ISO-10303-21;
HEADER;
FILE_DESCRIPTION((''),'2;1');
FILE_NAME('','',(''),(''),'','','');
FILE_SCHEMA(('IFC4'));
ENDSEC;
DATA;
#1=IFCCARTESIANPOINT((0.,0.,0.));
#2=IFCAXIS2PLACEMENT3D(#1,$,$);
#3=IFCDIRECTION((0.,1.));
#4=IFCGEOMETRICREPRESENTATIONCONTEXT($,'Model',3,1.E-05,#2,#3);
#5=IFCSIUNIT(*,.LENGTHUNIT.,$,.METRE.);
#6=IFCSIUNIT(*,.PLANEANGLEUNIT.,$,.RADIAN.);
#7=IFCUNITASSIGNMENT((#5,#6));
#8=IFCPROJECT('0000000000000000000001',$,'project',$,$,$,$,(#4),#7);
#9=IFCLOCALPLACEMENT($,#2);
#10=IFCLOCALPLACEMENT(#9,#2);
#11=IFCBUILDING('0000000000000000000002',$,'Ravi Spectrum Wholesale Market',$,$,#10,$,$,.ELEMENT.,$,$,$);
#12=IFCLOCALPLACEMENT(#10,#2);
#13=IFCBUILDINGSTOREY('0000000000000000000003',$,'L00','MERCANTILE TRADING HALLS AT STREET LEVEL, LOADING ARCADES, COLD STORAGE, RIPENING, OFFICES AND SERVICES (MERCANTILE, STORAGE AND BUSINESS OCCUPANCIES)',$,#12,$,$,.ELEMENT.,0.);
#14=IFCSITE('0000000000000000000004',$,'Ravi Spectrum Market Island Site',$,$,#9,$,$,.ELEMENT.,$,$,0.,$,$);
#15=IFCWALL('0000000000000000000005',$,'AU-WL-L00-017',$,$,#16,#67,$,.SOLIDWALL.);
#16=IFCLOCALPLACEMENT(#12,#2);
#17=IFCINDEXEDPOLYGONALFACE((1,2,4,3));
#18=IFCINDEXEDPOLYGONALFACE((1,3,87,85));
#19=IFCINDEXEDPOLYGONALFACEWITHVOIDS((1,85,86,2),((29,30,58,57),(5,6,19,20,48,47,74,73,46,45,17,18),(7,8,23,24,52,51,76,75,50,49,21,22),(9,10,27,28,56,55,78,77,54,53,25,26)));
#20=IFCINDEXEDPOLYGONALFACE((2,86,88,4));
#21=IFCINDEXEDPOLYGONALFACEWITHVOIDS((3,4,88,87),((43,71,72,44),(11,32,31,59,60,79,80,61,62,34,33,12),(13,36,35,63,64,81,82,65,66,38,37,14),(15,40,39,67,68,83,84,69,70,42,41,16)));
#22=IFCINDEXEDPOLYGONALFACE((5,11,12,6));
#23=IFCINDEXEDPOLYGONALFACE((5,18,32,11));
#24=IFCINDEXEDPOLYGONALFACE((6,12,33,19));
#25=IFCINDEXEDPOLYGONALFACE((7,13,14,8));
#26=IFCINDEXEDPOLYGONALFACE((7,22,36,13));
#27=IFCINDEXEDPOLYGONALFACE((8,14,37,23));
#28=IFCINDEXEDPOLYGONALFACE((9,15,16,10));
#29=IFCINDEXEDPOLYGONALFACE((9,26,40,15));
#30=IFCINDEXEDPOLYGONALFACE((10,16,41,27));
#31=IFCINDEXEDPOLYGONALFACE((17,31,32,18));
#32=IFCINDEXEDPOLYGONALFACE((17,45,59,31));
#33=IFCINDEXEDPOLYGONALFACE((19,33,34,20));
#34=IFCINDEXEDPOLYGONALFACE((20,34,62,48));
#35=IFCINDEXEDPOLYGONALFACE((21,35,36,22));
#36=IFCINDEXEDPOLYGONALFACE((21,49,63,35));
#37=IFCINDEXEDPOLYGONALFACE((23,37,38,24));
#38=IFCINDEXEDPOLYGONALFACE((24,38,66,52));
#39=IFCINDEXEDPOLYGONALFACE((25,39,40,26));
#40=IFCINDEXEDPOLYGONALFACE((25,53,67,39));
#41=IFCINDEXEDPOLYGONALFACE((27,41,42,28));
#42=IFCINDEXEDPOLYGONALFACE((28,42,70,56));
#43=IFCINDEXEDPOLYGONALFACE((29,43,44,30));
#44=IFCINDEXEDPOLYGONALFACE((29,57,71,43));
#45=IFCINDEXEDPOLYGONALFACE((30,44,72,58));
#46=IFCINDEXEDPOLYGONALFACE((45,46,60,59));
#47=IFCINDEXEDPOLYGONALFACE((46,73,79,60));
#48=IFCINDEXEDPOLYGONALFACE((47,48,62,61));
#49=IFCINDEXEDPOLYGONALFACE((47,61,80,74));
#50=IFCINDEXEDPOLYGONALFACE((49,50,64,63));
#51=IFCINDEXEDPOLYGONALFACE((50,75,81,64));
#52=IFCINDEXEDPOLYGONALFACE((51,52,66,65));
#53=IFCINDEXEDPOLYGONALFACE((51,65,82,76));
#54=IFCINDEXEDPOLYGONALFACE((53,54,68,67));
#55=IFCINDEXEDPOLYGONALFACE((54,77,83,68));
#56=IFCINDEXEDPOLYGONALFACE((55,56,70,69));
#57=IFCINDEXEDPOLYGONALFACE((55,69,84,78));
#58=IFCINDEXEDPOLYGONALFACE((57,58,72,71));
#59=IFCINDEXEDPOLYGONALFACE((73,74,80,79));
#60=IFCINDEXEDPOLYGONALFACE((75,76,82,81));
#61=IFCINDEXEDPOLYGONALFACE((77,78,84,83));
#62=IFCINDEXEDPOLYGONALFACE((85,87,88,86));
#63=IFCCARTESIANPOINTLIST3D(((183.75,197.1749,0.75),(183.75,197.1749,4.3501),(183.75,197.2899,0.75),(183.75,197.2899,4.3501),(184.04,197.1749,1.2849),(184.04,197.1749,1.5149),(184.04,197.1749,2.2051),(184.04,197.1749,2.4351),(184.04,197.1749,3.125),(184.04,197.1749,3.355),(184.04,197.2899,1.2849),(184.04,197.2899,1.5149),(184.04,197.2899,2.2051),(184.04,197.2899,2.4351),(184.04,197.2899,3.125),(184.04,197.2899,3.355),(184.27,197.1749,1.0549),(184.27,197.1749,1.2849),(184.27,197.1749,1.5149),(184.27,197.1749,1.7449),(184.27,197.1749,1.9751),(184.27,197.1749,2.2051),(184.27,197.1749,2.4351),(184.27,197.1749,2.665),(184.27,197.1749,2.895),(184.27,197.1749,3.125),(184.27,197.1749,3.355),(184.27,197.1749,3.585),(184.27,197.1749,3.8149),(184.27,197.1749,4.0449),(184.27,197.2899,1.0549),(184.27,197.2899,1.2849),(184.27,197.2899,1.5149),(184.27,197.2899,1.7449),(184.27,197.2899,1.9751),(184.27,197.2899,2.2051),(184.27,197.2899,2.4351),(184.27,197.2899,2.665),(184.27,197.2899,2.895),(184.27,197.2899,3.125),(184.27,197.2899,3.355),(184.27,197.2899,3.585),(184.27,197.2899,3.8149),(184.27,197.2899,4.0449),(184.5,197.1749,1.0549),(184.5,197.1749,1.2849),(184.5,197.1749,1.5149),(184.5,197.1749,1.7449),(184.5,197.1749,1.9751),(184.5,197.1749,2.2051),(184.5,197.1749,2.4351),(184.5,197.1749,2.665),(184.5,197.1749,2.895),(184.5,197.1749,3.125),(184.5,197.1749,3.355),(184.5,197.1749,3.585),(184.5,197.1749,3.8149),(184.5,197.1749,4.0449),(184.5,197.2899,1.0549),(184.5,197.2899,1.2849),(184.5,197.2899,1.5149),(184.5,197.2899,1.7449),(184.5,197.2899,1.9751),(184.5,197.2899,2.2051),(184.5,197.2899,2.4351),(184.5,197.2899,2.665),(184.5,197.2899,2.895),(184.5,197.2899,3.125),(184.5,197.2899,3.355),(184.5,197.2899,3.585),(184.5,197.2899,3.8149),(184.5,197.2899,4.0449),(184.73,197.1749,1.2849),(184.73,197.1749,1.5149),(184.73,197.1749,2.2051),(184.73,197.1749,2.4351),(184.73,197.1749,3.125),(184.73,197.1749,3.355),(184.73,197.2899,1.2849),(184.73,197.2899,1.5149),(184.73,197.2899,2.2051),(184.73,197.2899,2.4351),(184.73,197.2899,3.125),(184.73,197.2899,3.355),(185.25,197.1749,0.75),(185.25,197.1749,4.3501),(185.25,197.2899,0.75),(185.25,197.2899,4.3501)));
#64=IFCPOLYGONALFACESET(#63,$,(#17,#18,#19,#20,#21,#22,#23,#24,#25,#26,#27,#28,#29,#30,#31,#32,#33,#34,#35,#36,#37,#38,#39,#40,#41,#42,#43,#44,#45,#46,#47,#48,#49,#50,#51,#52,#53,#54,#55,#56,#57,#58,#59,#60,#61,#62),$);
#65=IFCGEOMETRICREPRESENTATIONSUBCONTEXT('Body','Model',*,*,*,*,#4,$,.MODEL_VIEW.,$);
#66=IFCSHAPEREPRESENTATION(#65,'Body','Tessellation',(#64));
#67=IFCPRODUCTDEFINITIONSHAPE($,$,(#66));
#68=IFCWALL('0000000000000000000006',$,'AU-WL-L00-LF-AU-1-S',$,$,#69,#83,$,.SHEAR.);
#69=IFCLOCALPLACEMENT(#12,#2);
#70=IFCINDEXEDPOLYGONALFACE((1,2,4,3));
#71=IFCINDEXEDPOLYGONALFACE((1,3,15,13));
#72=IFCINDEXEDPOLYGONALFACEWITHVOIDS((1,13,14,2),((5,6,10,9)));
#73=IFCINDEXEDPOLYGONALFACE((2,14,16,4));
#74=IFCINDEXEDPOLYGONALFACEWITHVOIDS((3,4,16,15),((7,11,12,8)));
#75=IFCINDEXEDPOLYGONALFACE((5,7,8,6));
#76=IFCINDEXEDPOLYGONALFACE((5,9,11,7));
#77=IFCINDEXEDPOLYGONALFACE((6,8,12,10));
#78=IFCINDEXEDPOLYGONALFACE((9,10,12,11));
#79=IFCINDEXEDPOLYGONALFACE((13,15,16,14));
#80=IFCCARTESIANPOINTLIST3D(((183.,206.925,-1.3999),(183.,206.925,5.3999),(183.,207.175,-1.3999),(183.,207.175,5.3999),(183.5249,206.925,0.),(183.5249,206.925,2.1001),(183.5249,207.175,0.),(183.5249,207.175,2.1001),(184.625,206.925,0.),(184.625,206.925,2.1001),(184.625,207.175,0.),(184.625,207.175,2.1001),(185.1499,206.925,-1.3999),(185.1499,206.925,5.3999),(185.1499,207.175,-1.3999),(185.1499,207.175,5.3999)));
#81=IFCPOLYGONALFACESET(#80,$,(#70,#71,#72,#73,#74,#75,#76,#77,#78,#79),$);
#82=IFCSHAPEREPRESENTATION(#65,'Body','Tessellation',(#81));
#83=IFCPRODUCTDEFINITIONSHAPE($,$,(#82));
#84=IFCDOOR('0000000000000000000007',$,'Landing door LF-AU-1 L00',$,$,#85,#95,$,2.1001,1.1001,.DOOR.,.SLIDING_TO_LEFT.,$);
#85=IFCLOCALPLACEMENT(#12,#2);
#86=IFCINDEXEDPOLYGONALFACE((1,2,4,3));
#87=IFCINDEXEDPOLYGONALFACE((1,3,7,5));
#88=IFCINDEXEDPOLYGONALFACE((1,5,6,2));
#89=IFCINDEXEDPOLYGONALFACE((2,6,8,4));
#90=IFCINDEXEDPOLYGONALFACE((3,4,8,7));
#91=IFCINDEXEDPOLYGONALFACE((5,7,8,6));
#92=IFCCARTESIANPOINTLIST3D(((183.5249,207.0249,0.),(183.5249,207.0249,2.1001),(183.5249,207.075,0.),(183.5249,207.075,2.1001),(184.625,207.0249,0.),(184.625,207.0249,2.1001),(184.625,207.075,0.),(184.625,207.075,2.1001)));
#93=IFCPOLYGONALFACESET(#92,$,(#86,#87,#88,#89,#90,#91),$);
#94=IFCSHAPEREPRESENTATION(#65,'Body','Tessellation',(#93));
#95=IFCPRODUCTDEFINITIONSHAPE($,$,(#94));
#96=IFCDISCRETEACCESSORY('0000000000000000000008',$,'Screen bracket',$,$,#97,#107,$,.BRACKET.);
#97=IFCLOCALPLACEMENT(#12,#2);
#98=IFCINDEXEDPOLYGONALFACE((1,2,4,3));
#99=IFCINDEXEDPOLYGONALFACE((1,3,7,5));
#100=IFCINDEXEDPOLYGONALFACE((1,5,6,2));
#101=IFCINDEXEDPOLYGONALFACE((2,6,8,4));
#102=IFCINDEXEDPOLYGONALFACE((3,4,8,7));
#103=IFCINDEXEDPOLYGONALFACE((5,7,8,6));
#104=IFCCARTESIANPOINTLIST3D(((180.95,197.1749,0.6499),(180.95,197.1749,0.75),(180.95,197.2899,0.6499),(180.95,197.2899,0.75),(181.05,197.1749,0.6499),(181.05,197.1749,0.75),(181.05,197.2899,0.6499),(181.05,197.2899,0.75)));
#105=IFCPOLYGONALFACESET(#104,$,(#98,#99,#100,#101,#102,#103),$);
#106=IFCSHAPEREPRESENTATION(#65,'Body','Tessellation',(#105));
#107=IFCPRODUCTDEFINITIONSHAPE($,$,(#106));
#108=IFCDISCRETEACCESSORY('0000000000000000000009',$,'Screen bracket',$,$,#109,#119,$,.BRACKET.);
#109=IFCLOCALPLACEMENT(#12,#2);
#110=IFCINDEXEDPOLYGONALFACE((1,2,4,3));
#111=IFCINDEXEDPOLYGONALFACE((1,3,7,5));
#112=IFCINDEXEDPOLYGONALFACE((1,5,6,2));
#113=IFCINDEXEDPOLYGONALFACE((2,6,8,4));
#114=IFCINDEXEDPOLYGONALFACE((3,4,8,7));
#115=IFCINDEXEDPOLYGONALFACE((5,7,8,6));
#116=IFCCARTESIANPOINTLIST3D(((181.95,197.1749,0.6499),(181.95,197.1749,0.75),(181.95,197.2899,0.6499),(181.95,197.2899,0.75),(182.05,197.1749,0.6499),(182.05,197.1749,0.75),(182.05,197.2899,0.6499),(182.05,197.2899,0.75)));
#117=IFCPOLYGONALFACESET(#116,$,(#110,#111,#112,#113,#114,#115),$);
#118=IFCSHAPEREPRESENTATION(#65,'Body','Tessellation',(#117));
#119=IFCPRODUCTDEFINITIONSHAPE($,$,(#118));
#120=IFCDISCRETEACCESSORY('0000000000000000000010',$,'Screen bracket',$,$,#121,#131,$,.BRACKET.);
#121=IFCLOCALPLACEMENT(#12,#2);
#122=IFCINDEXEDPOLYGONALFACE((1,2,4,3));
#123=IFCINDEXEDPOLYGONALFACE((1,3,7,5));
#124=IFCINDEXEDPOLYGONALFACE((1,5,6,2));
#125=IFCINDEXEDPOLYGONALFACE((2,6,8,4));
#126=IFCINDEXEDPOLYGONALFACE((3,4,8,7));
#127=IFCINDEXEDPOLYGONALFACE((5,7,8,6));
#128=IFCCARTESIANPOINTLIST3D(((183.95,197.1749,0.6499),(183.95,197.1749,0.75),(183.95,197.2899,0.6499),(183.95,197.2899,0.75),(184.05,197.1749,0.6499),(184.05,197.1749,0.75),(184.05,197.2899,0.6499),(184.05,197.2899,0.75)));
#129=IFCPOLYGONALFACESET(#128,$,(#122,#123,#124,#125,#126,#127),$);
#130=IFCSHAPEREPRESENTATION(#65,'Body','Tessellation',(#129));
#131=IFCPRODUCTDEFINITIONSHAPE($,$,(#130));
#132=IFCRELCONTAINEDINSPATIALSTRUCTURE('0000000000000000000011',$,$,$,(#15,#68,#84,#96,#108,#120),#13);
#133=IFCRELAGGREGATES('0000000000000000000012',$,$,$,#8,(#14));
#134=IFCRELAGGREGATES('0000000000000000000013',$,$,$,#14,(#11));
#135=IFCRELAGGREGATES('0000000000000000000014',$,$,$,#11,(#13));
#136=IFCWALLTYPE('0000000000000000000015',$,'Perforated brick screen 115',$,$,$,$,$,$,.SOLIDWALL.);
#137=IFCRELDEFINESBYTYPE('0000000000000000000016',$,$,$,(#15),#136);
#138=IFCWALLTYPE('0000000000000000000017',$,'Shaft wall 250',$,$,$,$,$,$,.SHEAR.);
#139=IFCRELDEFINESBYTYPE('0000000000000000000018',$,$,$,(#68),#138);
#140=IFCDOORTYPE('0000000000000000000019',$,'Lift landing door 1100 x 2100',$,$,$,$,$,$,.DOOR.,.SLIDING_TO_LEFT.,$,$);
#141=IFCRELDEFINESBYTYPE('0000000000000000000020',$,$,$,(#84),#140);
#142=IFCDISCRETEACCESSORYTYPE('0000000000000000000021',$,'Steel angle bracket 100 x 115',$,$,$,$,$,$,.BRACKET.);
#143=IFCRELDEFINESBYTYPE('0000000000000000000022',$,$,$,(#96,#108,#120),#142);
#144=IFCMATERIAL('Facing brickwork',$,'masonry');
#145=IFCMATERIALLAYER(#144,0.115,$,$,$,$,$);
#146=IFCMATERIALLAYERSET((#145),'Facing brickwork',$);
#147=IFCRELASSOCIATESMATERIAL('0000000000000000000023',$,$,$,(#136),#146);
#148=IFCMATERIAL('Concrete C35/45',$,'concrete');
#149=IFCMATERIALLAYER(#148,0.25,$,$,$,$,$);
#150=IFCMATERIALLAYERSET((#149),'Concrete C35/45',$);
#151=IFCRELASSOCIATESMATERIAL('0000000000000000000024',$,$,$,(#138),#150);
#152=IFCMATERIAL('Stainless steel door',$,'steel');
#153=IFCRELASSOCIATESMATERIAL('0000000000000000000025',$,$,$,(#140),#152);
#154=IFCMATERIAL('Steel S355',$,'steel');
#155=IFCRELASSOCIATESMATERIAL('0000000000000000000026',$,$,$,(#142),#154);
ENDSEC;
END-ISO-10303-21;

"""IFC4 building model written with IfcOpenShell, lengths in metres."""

from ifc_helpers import new_model, si_unit, direction, frame, frame_2d, origin, origin_2d, place, context, subcontext, project, spatial, rectangle, extrude, material, layer, layer_set, type_object, element, fill, save


model = new_model("IFC4")

# Units and contexts
model_context = context("Model", 3, precision=1e-05, world=origin(), true_north=direction((0.0, 1.0)))
body_context = subcontext(model_context, "Body", "Model", "MODEL_VIEW")
ifc_project = project(units=[si_unit("LENGTHUNIT", "METRE"), si_unit("PLANEANGLEUNIT", "RADIAN")], contexts=[model_context])

# Site, building, storey
site_placement = place(None, origin())
site = spatial("IfcSite", under=ifc_project, at=site_placement, Name="Ravi Spectrum Market Island Site", CompositionType="ELEMENT", RefElevation=0.0)
building_placement = place(site_placement, origin())
building = spatial("IfcBuilding", under=site, at=building_placement, Name="Ravi Spectrum Wholesale Market", CompositionType="ELEMENT")
storey_placement = place(building_placement, origin())
storey = spatial("IfcBuildingStorey", under=building, at=storey_placement, Name="L00", Description="MERCANTILE TRADING HALLS AT STREET LEVEL, LOADING ARCADES, COLD STORAGE, RIPENING, OFFICES AND SERVICES (MERCANTILE, STORAGE AND BUSINESS OCCUPANCIES)", CompositionType="ELEMENT", Elevation=0.0)

# Wall, openings
ifc_material_1 = material(Name="Facing brickwork", Category="masonry")
ifc_layer_1 = layer(ifc_material_1, 0.115)
ifc_layer_set_1 = layer_set([ifc_layer_1], Name="Facing brickwork")
wall_type_1 = type_object("IfcWallType", Name="Perforated brick screen 115", PredefinedType="SOLIDWALL", material=ifc_layer_set_1)
wall_1_placement = place(storey_placement, frame((183.75, 197.2324, 0.75), z_axis=(0.0, 0.0, 1.0), x_axis=(1.0, 0.0, 0.0)))
wall_1 = element("IfcWall", 1, at=wall_1_placement, inside=storey, type_object=wall_type_1, Name="AU-WL-L00-017", PredefinedType="SOLIDWALL", context=body_context, shape_type="SweptSolid", body=[
    extrude(rectangle(XDim=1.5, YDim=0.115, at=frame_2d((0.75, 0.0))), origin(), (0.0, 0.0, 1.0), 3.6001),
])
opening_1_placement = place(wall_1_placement, frame((0.52, 0.0, 0.3049)))
element("IfcOpeningElement", 2, at=opening_1_placement, cuts=wall_1, PredefinedType="OPENING", context=body_context, shape_type="SweptSolid", body=[
    extrude(rectangle(XDim=0.23, YDim=0.23, at=frame_2d((0.115, 0.115))), frame((0.0, 0.0674, 0.0), z_axis=(0.0, -1.0, 0.0), x_axis=(1.0, 0.0, 0.0)), (0.0, 0.0, 1.0), 0.135),
])
opening_2_placement = place(wall_1_placement, frame((0.29, 0.0, 0.5349)))
element("IfcOpeningElement", 3, at=opening_2_placement, cuts=wall_1, PredefinedType="OPENING", context=body_context, shape_type="SweptSolid", body=[
    extrude(rectangle(XDim=0.23, YDim=0.23, at=frame_2d((0.115, 0.115))), frame((0.0, 0.0674, 0.0), z_axis=(0.0, -1.0, 0.0), x_axis=(1.0, 0.0, 0.0)), (0.0, 0.0, 1.0), 0.135),
])
opening_3_placement = place(wall_1_placement, frame((0.52, 0.0, 0.5349)))
element("IfcOpeningElement", 4, at=opening_3_placement, cuts=wall_1, PredefinedType="OPENING", context=body_context, shape_type="SweptSolid", body=[
    extrude(rectangle(XDim=0.23, YDim=0.23, at=frame_2d((0.115, 0.115))), frame((0.0, 0.0674, 0.0), z_axis=(0.0, -1.0, 0.0), x_axis=(1.0, 0.0, 0.0)), (0.0, 0.0, 1.0), 0.135),
])
opening_4_placement = place(wall_1_placement, frame((0.75, 0.0, 0.5349)))
element("IfcOpeningElement", 5, at=opening_4_placement, cuts=wall_1, PredefinedType="OPENING", context=body_context, shape_type="SweptSolid", body=[
    extrude(rectangle(XDim=0.23, YDim=0.23, at=frame_2d((0.115, 0.115))), frame((0.0, 0.0674, 0.0), z_axis=(0.0, -1.0, 0.0), x_axis=(1.0, 0.0, 0.0)), (0.0, 0.0, 1.0), 0.135),
])
opening_5_placement = place(wall_1_placement, frame((0.52, 0.0, 0.7649)))
element("IfcOpeningElement", 6, at=opening_5_placement, cuts=wall_1, PredefinedType="OPENING", context=body_context, shape_type="SweptSolid", body=[
    extrude(rectangle(XDim=0.23, YDim=0.23, at=frame_2d((0.115, 0.115))), frame((0.0, 0.0674, 0.0), z_axis=(0.0, -1.0, 0.0), x_axis=(1.0, 0.0, 0.0)), (0.0, 0.0, 1.0), 0.135),
])
opening_6_placement = place(wall_1_placement, frame((0.52, 0.0, 1.2251)))
element("IfcOpeningElement", 7, at=opening_6_placement, cuts=wall_1, PredefinedType="OPENING", context=body_context, shape_type="SweptSolid", body=[
    extrude(rectangle(XDim=0.23, YDim=0.23, at=frame_2d((0.115, 0.115))), frame((0.0, 0.0674, 0.0), z_axis=(0.0, -1.0, 0.0), x_axis=(1.0, 0.0, 0.0)), (0.0, 0.0, 1.0), 0.135),
])
opening_7_placement = place(wall_1_placement, frame((0.29, 0.0, 1.4551)))
element("IfcOpeningElement", 8, at=opening_7_placement, cuts=wall_1, PredefinedType="OPENING", context=body_context, shape_type="SweptSolid", body=[
    extrude(rectangle(XDim=0.23, YDim=0.23, at=frame_2d((0.115, 0.115))), frame((0.0, 0.0674, 0.0), z_axis=(0.0, -1.0, 0.0), x_axis=(1.0, 0.0, 0.0)), (0.0, 0.0, 1.0), 0.135),
])
opening_8_placement = place(wall_1_placement, frame((0.52, 0.0, 1.4551)))
element("IfcOpeningElement", 9, at=opening_8_placement, cuts=wall_1, PredefinedType="OPENING", context=body_context, shape_type="SweptSolid", body=[
    extrude(rectangle(XDim=0.23, YDim=0.23, at=frame_2d((0.115, 0.115))), frame((0.0, 0.0674, 0.0), z_axis=(0.0, -1.0, 0.0), x_axis=(1.0, 0.0, 0.0)), (0.0, 0.0, 1.0), 0.135),
])
opening_9_placement = place(wall_1_placement, frame((0.75, 0.0, 1.4551)))
element("IfcOpeningElement", 10, at=opening_9_placement, cuts=wall_1, PredefinedType="OPENING", context=body_context, shape_type="SweptSolid", body=[
    extrude(rectangle(XDim=0.23, YDim=0.23, at=frame_2d((0.115, 0.115))), frame((0.0, 0.0674, 0.0), z_axis=(0.0, -1.0, 0.0), x_axis=(1.0, 0.0, 0.0)), (0.0, 0.0, 1.0), 0.135),
])
opening_10_placement = place(wall_1_placement, frame((0.52, 0.0, 1.6851)))
element("IfcOpeningElement", 11, at=opening_10_placement, cuts=wall_1, PredefinedType="OPENING", context=body_context, shape_type="SweptSolid", body=[
    extrude(rectangle(XDim=0.23, YDim=0.23, at=frame_2d((0.115, 0.115))), frame((0.0, 0.0674, 0.0), z_axis=(0.0, -1.0, 0.0), x_axis=(1.0, 0.0, 0.0)), (0.0, 0.0, 1.0), 0.135),
])
opening_11_placement = place(wall_1_placement, frame((0.52, 0.0, 2.145)))
element("IfcOpeningElement", 12, at=opening_11_placement, cuts=wall_1, PredefinedType="OPENING", context=body_context, shape_type="SweptSolid", body=[
    extrude(rectangle(XDim=0.23, YDim=0.23, at=frame_2d((0.115, 0.115))), frame((0.0, 0.0674, 0.0), z_axis=(0.0, -1.0, 0.0), x_axis=(1.0, 0.0, 0.0)), (0.0, 0.0, 1.0), 0.135),
])
opening_12_placement = place(wall_1_placement, frame((0.29, 0.0, 2.375)))
element("IfcOpeningElement", 13, at=opening_12_placement, cuts=wall_1, PredefinedType="OPENING", context=body_context, shape_type="SweptSolid", body=[
    extrude(rectangle(XDim=0.23, YDim=0.23, at=frame_2d((0.115, 0.115))), frame((0.0, 0.0674, 0.0), z_axis=(0.0, -1.0, 0.0), x_axis=(1.0, 0.0, 0.0)), (0.0, 0.0, 1.0), 0.135),
])
opening_13_placement = place(wall_1_placement, frame((0.52, 0.0, 2.375)))
element("IfcOpeningElement", 14, at=opening_13_placement, cuts=wall_1, PredefinedType="OPENING", context=body_context, shape_type="SweptSolid", body=[
    extrude(rectangle(XDim=0.23, YDim=0.23, at=frame_2d((0.115, 0.115))), frame((0.0, 0.0674, 0.0), z_axis=(0.0, -1.0, 0.0), x_axis=(1.0, 0.0, 0.0)), (0.0, 0.0, 1.0), 0.135),
])
opening_14_placement = place(wall_1_placement, frame((0.75, 0.0, 2.375)))
element("IfcOpeningElement", 15, at=opening_14_placement, cuts=wall_1, PredefinedType="OPENING", context=body_context, shape_type="SweptSolid", body=[
    extrude(rectangle(XDim=0.23, YDim=0.23, at=frame_2d((0.115, 0.115))), frame((0.0, 0.0674, 0.0), z_axis=(0.0, -1.0, 0.0), x_axis=(1.0, 0.0, 0.0)), (0.0, 0.0, 1.0), 0.135),
])
opening_15_placement = place(wall_1_placement, frame((0.52, 0.0, 2.605)))
element("IfcOpeningElement", 16, at=opening_15_placement, cuts=wall_1, PredefinedType="OPENING", context=body_context, shape_type="SweptSolid", body=[
    extrude(rectangle(XDim=0.23, YDim=0.23, at=frame_2d((0.115, 0.115))), frame((0.0, 0.0674, 0.0), z_axis=(0.0, -1.0, 0.0), x_axis=(1.0, 0.0, 0.0)), (0.0, 0.0, 1.0), 0.135),
])
opening_16_placement = place(wall_1_placement, frame((0.52, 0.0, 3.0649)))
element("IfcOpeningElement", 17, at=opening_16_placement, cuts=wall_1, PredefinedType="OPENING", context=body_context, shape_type="SweptSolid", body=[
    extrude(rectangle(XDim=0.23, YDim=0.23, at=frame_2d((0.115, 0.115))), frame((0.0, 0.0674, 0.0), z_axis=(0.0, -1.0, 0.0), x_axis=(1.0, 0.0, 0.0)), (0.0, 0.0, 1.0), 0.135),
])

# Wall, opening, door
ifc_material_2 = material(Name="Concrete C35/45", Category="concrete")
ifc_layer_2 = layer(ifc_material_2, 0.25)
ifc_layer_set_2 = layer_set([ifc_layer_2], Name="Concrete C35/45")
wall_type_2 = type_object("IfcWallType", Name="Shaft wall 250", PredefinedType="SHEAR", material=ifc_layer_set_2)
wall_2_placement = place(storey_placement, frame((183.0, 207.05, -1.3999), z_axis=(0.0, 0.0, 1.0), x_axis=(1.0, 0.0, 0.0)))
wall_2 = element("IfcWall", 18, at=wall_2_placement, inside=storey, type_object=wall_type_2, Name="AU-WL-L00-LF-AU-1-S", PredefinedType="SHEAR", context=body_context, shape_type="SweptSolid", body=[
    extrude(rectangle(XDim=2.1499, YDim=0.25, at=frame_2d((1.075, 0.0))), origin(), (0.0, 0.0, 1.0), 6.7998),
])
opening_17_placement = place(wall_2_placement, frame((0.5249, 0.0, 1.3999)))
opening_17 = element("IfcOpeningElement", 19, at=opening_17_placement, cuts=wall_2, PredefinedType="OPENING", context=body_context, shape_type="SweptSolid", body=[
    extrude(rectangle(XDim=1.1001, YDim=2.1001, at=frame_2d((0.55, 1.05))), frame((0.0, 0.135, 0.0), z_axis=(0.0, -1.0, 0.0), x_axis=(1.0, 0.0, 0.0)), (0.0, 0.0, 1.0), 0.27),
])
ifc_material_3 = material(Name="Stainless steel door", Category="steel")
door_type_1 = type_object("IfcDoorType", Name="Lift landing door 1100 x 2100", OperationType="SLIDING_TO_LEFT", PredefinedType="DOOR", material=ifc_material_3)
door_1_placement = place(opening_17_placement, origin())
door_1 = element("IfcDoor", 20, at=door_1_placement, inside=storey, type_object=door_type_1, Name="Landing door LF-AU-1 L00", OperationType="SLIDING_TO_LEFT", OverallHeight=2.1001, OverallWidth=1.1001, PredefinedType="DOOR", context=body_context, shape_type="SweptSolid", body=[
    extrude(rectangle(XDim=1.1001, YDim=2.1001, at=frame_2d((0.55, 1.05))), frame((0.0, 0.0249, 0.0), z_axis=(0.0, -1.0, 0.0), x_axis=(1.0, 0.0, 0.0)), (0.0, 0.0, 1.0), 0.05),
])
fill(opening_17, door_1)

# Discrete accessories
ifc_material_4 = material(Name="Steel S355", Category="steel")
discrete_accessory_type = type_object("IfcDiscreteAccessoryType", Name="Steel angle bracket 100 x 115", PredefinedType="BRACKET", material=ifc_material_4)
for number, where, z_axis, x_axis, name in (
    (21, (181.0, 197.2324, 0.6499), (0.0, 0.0, 1.0), (1.0, 0.0, 0.0), "Screen bracket"),
    (22, (182.0, 197.2324, 0.6499), (0.0, 0.0, 1.0), (1.0, 0.0, 0.0), "Screen bracket"),
    (23, (184.0, 197.2324, 0.6499), (0.0, 0.0, 1.0), (1.0, 0.0, 0.0), "Screen bracket"),
):
    element("IfcDiscreteAccessory", number, at=place(storey_placement, frame(where, z_axis=z_axis, x_axis=x_axis)), inside=storey, type_object=discrete_accessory_type, Name=name, PredefinedType="BRACKET", context=body_context, shape_type="SweptSolid", body=[
        extrude(rectangle(XDim=0.1001, YDim=0.115, at=origin_2d()), origin(), (0.0, 0.0, 1.0), 0.1001),
    ])

save(model, "model.ifc")
